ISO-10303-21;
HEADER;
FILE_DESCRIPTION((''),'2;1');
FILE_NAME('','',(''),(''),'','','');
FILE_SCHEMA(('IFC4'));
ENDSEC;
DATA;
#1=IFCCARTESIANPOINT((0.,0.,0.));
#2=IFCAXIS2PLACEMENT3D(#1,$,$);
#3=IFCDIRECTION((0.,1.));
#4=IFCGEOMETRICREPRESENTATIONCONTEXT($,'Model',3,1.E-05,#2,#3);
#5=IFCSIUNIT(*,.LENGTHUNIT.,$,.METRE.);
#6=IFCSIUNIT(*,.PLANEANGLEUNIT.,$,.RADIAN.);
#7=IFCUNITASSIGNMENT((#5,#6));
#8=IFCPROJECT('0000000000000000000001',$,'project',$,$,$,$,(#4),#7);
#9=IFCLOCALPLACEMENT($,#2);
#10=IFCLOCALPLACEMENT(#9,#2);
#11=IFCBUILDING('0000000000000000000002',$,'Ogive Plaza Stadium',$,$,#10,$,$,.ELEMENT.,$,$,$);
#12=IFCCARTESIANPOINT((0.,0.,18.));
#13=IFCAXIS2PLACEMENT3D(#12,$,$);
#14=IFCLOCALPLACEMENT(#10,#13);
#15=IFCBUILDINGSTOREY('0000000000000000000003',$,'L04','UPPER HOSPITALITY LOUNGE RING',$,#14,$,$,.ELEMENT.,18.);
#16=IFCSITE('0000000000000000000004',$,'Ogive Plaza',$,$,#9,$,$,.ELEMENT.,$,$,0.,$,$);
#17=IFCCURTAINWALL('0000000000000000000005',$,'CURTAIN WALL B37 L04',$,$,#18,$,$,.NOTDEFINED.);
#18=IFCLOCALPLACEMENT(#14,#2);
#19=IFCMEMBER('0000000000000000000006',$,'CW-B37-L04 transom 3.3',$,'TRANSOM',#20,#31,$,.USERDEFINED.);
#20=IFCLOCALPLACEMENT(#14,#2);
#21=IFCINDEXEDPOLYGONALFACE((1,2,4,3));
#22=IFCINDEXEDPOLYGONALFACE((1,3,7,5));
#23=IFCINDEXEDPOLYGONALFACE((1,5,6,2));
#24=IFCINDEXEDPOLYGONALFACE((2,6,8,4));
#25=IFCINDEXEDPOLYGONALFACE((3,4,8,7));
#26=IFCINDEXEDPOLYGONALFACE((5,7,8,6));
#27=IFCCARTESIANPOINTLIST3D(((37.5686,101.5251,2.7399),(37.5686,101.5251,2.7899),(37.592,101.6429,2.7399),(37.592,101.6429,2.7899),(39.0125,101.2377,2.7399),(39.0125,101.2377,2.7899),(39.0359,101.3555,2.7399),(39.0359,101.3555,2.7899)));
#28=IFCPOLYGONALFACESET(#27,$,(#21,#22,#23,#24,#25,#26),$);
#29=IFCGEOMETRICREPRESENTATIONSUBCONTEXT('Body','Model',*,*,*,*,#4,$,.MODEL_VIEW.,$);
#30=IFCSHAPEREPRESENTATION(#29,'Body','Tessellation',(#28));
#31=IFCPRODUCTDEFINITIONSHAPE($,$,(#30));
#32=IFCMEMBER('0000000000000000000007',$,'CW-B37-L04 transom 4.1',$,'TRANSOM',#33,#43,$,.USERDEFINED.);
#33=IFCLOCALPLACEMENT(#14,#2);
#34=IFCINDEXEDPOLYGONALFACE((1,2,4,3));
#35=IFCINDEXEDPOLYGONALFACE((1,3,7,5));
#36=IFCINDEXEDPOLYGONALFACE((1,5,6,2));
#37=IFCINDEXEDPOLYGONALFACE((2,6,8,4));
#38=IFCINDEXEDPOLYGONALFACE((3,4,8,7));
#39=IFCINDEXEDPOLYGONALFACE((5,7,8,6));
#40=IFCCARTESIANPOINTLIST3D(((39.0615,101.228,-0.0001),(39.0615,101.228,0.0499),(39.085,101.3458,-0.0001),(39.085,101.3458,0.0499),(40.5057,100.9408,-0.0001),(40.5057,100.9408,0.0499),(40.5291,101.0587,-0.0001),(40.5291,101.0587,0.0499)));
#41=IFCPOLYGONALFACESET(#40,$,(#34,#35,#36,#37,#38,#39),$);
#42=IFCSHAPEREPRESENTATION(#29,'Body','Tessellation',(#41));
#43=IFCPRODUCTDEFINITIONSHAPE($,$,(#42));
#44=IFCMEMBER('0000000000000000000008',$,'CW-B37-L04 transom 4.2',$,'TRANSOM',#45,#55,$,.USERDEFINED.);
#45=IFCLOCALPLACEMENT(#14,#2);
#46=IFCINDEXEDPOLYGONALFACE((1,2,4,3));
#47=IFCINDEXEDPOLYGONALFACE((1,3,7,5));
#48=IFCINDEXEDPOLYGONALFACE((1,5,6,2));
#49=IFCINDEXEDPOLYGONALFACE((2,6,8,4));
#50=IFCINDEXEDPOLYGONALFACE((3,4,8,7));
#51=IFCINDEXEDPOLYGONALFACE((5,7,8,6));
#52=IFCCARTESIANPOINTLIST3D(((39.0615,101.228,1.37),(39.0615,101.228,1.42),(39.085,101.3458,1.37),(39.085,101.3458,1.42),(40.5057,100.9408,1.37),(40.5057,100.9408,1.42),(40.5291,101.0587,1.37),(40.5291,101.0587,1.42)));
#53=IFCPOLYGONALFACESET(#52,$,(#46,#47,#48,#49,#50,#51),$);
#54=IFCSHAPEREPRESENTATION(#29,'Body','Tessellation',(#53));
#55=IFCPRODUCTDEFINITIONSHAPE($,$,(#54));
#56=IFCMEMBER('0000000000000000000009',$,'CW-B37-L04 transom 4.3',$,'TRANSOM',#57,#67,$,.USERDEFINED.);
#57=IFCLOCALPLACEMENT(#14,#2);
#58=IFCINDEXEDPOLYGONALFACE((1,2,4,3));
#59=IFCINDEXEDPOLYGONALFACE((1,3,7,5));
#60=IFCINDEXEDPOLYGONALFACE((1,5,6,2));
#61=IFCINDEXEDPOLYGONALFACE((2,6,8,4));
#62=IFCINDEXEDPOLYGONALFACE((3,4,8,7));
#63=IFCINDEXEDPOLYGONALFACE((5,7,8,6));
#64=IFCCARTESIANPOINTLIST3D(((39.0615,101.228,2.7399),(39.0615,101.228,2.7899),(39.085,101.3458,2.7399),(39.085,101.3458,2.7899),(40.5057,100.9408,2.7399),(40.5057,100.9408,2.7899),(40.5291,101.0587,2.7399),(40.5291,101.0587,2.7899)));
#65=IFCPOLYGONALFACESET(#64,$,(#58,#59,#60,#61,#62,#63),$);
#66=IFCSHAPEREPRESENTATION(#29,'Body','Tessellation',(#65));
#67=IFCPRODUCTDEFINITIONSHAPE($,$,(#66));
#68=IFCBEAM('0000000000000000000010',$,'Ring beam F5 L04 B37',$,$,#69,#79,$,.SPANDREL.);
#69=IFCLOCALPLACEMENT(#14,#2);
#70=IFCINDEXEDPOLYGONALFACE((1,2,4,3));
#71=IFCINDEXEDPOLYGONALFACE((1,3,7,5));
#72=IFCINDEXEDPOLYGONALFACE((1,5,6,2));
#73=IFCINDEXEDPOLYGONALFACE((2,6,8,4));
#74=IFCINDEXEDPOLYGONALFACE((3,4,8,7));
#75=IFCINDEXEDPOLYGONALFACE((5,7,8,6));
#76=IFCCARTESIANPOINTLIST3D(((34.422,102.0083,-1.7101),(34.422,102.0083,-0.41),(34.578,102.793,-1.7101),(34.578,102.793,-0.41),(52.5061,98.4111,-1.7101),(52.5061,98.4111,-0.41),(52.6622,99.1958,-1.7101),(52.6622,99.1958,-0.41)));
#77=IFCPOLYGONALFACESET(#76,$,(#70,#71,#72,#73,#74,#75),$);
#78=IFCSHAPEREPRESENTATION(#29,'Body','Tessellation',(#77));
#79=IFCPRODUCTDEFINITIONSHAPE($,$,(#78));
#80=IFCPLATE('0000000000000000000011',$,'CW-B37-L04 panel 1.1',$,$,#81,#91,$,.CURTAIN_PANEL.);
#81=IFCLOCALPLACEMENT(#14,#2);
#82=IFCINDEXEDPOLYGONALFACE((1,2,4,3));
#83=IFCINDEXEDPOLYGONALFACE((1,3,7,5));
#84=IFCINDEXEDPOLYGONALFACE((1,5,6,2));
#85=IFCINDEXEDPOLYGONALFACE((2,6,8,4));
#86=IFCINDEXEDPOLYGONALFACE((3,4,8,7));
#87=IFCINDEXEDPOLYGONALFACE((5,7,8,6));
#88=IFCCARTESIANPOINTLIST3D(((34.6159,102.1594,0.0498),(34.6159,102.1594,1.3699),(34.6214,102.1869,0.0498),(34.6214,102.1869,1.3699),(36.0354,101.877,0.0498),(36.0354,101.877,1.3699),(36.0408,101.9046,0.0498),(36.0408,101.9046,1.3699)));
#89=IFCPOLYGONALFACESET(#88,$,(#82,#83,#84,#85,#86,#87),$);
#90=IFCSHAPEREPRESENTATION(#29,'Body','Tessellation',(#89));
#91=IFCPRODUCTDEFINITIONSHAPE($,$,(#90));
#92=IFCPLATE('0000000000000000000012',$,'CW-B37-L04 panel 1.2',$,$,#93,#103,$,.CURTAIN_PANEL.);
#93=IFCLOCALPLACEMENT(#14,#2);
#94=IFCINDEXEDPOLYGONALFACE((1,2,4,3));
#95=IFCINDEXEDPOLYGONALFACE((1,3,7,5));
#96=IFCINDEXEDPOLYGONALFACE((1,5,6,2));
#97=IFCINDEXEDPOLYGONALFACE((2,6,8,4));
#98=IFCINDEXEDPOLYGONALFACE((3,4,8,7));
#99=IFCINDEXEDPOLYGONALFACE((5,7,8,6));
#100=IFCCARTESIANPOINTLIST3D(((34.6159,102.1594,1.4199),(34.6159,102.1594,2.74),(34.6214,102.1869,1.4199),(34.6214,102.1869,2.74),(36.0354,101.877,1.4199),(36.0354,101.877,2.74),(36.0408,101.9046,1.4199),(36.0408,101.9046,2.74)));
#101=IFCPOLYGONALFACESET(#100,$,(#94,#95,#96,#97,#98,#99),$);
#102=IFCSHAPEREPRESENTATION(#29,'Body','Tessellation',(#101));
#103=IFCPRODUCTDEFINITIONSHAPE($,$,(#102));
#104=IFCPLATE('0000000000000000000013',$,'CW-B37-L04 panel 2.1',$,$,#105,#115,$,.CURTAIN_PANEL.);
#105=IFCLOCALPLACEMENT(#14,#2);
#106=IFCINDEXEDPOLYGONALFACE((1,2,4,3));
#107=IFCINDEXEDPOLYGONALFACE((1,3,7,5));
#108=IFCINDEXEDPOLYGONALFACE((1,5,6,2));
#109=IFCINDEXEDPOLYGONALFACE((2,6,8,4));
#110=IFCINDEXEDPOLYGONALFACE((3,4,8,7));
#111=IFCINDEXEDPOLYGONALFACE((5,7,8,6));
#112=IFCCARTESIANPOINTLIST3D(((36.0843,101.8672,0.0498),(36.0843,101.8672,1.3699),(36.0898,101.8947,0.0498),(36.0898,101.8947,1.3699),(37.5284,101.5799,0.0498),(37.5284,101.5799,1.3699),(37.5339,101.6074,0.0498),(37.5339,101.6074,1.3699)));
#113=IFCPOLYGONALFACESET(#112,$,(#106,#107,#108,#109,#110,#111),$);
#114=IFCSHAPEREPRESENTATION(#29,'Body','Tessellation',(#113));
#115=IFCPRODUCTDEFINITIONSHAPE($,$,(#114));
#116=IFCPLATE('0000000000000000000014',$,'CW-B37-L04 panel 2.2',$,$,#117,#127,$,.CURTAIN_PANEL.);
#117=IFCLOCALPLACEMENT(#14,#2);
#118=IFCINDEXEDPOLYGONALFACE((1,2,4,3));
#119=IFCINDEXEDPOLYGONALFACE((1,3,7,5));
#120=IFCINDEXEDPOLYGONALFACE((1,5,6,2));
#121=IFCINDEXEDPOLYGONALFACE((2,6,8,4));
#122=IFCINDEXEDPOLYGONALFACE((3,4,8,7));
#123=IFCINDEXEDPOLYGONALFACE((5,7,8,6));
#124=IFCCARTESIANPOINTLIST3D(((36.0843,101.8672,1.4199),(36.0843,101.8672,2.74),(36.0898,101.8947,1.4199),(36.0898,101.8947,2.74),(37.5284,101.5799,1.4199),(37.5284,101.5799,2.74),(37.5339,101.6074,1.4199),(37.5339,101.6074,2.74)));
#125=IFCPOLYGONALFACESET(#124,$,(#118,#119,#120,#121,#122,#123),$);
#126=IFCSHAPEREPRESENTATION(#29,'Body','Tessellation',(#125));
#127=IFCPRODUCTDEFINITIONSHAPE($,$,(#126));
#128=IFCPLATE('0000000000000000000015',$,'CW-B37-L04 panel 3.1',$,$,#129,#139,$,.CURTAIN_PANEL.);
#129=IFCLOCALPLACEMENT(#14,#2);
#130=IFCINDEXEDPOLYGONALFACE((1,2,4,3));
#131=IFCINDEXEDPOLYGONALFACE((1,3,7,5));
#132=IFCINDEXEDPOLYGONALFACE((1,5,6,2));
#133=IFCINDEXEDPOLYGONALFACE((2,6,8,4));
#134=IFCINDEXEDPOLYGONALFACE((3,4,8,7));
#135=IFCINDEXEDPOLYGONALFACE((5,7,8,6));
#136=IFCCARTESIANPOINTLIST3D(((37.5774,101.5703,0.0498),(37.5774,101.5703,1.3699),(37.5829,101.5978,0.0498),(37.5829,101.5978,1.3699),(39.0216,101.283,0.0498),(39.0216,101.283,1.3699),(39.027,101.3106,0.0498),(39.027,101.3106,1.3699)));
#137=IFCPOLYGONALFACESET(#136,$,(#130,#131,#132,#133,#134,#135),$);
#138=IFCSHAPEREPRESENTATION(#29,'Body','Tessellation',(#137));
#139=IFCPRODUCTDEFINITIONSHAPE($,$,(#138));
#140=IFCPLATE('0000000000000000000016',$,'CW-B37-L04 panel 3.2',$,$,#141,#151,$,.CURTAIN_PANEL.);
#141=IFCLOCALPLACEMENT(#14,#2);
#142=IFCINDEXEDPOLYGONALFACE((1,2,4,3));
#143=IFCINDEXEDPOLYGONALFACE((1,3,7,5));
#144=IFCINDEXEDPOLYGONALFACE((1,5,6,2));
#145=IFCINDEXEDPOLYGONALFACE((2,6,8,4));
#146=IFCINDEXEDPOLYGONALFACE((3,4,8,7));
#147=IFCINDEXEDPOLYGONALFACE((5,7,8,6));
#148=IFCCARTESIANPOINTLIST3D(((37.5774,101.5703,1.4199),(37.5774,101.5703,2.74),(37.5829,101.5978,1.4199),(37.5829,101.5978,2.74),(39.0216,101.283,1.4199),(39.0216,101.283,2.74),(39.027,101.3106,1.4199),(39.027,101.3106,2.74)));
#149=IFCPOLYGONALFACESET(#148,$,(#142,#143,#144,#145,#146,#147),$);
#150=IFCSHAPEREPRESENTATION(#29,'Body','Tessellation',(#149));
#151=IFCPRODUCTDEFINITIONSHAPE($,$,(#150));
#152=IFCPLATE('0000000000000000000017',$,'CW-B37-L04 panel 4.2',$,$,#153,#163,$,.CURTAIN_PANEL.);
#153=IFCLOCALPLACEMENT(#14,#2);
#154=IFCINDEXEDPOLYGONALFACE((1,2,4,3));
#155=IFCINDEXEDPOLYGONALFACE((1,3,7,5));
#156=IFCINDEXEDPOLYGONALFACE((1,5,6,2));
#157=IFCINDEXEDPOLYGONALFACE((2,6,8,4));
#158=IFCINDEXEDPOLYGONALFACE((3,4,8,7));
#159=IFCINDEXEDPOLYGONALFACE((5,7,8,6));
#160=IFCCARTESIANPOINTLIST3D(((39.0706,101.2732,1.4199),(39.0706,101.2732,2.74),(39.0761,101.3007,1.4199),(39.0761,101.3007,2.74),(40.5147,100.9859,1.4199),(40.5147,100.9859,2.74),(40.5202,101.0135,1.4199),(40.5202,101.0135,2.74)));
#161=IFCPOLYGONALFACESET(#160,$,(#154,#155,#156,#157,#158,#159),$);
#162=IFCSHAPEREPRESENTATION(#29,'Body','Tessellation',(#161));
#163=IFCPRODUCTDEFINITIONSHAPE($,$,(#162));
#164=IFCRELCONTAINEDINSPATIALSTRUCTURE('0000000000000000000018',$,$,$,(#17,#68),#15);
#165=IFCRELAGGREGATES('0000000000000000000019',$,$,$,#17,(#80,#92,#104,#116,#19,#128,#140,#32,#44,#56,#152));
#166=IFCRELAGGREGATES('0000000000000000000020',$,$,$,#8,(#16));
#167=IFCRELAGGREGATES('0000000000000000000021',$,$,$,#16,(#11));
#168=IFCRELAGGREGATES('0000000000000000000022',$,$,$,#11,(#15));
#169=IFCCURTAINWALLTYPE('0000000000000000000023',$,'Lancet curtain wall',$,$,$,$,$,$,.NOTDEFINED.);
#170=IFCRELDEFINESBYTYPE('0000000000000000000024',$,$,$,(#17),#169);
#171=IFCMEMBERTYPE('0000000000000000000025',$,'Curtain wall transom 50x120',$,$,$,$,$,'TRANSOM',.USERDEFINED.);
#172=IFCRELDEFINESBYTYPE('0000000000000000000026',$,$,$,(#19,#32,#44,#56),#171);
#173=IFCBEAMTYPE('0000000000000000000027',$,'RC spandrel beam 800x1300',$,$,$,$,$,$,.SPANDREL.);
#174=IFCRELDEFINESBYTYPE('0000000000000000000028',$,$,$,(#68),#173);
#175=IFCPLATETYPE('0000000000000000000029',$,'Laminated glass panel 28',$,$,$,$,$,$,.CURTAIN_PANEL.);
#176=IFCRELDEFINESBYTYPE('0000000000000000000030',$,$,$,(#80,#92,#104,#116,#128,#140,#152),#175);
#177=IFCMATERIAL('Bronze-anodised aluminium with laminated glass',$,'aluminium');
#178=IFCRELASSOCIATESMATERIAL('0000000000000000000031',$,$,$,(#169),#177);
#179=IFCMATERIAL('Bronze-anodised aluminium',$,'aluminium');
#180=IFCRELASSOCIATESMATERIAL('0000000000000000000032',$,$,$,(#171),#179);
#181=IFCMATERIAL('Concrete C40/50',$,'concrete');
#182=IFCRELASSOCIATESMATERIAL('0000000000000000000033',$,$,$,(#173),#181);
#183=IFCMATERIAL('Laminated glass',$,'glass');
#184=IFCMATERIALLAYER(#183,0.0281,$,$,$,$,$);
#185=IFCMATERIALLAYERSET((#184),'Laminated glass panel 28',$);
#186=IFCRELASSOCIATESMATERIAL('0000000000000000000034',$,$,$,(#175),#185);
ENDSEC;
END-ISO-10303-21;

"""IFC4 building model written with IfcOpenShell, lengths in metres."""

from ifc_helpers import new_model, si_unit, direction, frame, origin, origin_2d, place, context, subcontext, project, spatial, rectangle, extrude, material, layer, layer_set, material_profile, profile_set, type_object, element, aggregate, save


model = new_model("IFC4")

# Units and contexts
model_context = context("Model", 3, precision=1e-05, world=origin(), true_north=direction((0.0, 1.0)))
body_context = subcontext(model_context, "Body", "Model", "MODEL_VIEW")
ifc_project = project(units=[si_unit("LENGTHUNIT", "METRE"), si_unit("PLANEANGLEUNIT", "RADIAN")], contexts=[model_context])

# Site, building, storey
site_placement = place(None, origin())
site = spatial("IfcSite", under=ifc_project, at=site_placement, Name="Ogive Plaza", CompositionType="ELEMENT", RefElevation=0.0)
building_placement = place(site_placement, origin())
building = spatial("IfcBuilding", under=site, at=building_placement, Name="Ogive Plaza Stadium", CompositionType="ELEMENT")
storey_placement = place(building_placement, frame((0.0, 0.0, 18.0)))
storey = spatial("IfcBuildingStorey", under=building, at=storey_placement, Name="L04", Description="UPPER HOSPITALITY LOUNGE RING", CompositionType="ELEMENT", Elevation=18.0)

# Shared definitions
ifc_material_1 = material(Name="Bronze-anodised aluminium with laminated glass", Category="aluminium")
curtain_wall_type = type_object("IfcCurtainWallType", Name="Lancet curtain wall", PredefinedType="NOTDEFINED", material=ifc_material_1)

# Curtain wall, members
curtain_wall_1_placement = place(storey_placement, origin())
curtain_wall_1 = element("IfcCurtainWall", 1, at=curtain_wall_1_placement, inside=storey, type_object=curtain_wall_type, Name="CURTAIN WALL B37 L04", PredefinedType="NOTDEFINED")
ifc_material_2 = material(Name="Bronze-anodised aluminium", Category="aluminium")
ifc_material_profile_1 = material_profile(ifc_material_2, rectangle(XDim=0.1201, YDim=0.05, at=origin_2d()), Name="AL 120x50")
ifc_profile_set_1 = profile_set([ifc_material_profile_1], Name="Bronze-anodised aluminium")
member_type_1 = type_object("IfcMemberType", Name="Curtain wall transom 50x120", ElementType="TRANSOM", PredefinedType="USERDEFINED", material=ifc_profile_set_1)
member_1_placement = place(storey_placement, frame((37.5803, 101.584, 2.7649), z_axis=(0.980765, -0.195191, 0.0), x_axis=(0.195191, 0.980765, 0.0)))
member_1 = element("IfcMember", 2, at=member_1_placement, type_object=member_type_1, Name="CW-B37-L04 transom 3.3", ObjectType="TRANSOM", PredefinedType="USERDEFINED", context=body_context, shape_type="SweptSolid", body=[
    extrude(rectangle(XDim=0.1201, YDim=0.05, at=origin_2d()), origin(), (0.0, 0.0, 1.0), 1.4722),
])
member_2_placement = place(storey_placement, frame((39.0732, 101.2869, 0.0249), z_axis=(0.980803, -0.195, 0.0), x_axis=(0.195, 0.980803, 0.0)))
member_2 = element("IfcMember", 3, at=member_2_placement, type_object=member_type_1, Name="CW-B37-L04 transom 4.1", ObjectType="TRANSOM", PredefinedType="USERDEFINED", context=body_context, shape_type="SweptSolid", body=[
    extrude(rectangle(XDim=0.1201, YDim=0.05, at=origin_2d()), origin(), (0.0, 0.0, 1.0), 1.4724),
])
member_3_placement = place(storey_placement, frame((39.0732, 101.2869, 1.395), z_axis=(0.980803, -0.195, 0.0), x_axis=(0.195, 0.980803, 0.0)))
member_3 = element("IfcMember", 4, at=member_3_placement, type_object=member_type_1, Name="CW-B37-L04 transom 4.2", ObjectType="TRANSOM", PredefinedType="USERDEFINED", context=body_context, shape_type="SweptSolid", body=[
    extrude(rectangle(XDim=0.1201, YDim=0.05, at=origin_2d()), origin(), (0.0, 0.0, 1.0), 1.4724),
])
member_4_placement = place(storey_placement, frame((39.0732, 101.2869, 2.7649), z_axis=(0.980803, -0.195, 0.0), x_axis=(0.195, 0.980803, 0.0)))
member_4 = element("IfcMember", 5, at=member_4_placement, type_object=member_type_1, Name="CW-B37-L04 transom 4.3", ObjectType="TRANSOM", PredefinedType="USERDEFINED", context=body_context, shape_type="SweptSolid", body=[
    extrude(rectangle(XDim=0.1201, YDim=0.05, at=origin_2d()), origin(), (0.0, 0.0, 1.0), 1.4724),
])

# Beam
ifc_material_3 = material(Name="Concrete C40/50", Category="concrete")
ifc_material_profile_2 = material_profile(ifc_material_3, rectangle(XDim=0.8, YDim=1.3, at=origin_2d()), Name="RC 800x1300")
ifc_profile_set_2 = profile_set([ifc_material_profile_2], Name="Concrete C40/50")
beam_type = type_object("IfcBeamType", Name="RC spandrel beam 800x1300", PredefinedType="SPANDREL", material=ifc_profile_set_2)
beam_placement = place(storey_placement, frame((34.5, 102.4006, -1.0601), z_axis=(0.980785, -0.19509, 0.0), x_axis=(0.19509, 0.980785, 0.0)))
element("IfcBeam", 6, at=beam_placement, inside=storey, type_object=beam_type, Name="Ring beam F5 L04 B37", PredefinedType="SPANDREL", context=body_context, shape_type="SweptSolid", body=[
    extrude(rectangle(XDim=0.8, YDim=1.3, at=origin_2d()), origin(), (0.0, 0.0, 1.0), 18.4385),
])

# Plates
ifc_material_4 = material(Name="Laminated glass", Category="glass")
ifc_layer = layer(ifc_material_4, 0.0281)
ifc_layer_set = layer_set([ifc_layer], Name="Laminated glass panel 28")
plate_type = type_object("IfcPlateType", Name="Laminated glass panel 28", PredefinedType="CURTAIN_PANEL", material=ifc_layer_set)
plate_1_placement = place(storey_placement, frame((35.3284, 102.032, 0.0498), z_axis=(0.0, 0.0, 1.0), x_axis=(0.980785, -0.19509, 0.0)))
plate_1 = element("IfcPlate", 7, at=plate_1_placement, type_object=plate_type, Name="CW-B37-L04 panel 1.1", PredefinedType="CURTAIN_PANEL", context=body_context, shape_type="SweptSolid", body=[
    extrude(rectangle(XDim=1.4473, YDim=0.0281, at=origin_2d()), origin(), (0.0, 0.0, 1.0), 1.3201),
])
plate_2_placement = place(storey_placement, frame((35.3284, 102.032, 1.4199), z_axis=(0.0, 0.0, 1.0), x_axis=(0.980785, -0.19509, 0.0)))
plate_2 = element("IfcPlate", 8, at=plate_2_placement, type_object=plate_type, Name="CW-B37-L04 panel 1.2", PredefinedType="CURTAIN_PANEL", context=body_context, shape_type="SweptSolid", body=[
    extrude(rectangle(XDim=1.4473, YDim=0.0281, at=origin_2d()), origin(), (0.0, 0.0, 1.0), 1.3201),
])
plate_3_placement = place(storey_placement, frame((36.8091, 101.7373, 0.0498), z_axis=(0.0, 0.0, 1.0), x_axis=(0.980785, -0.19509, 0.0)))
plate_3 = element("IfcPlate", 9, at=plate_3_placement, type_object=plate_type, Name="CW-B37-L04 panel 2.1", PredefinedType="CURTAIN_PANEL", context=body_context, shape_type="SweptSolid", body=[
    extrude(rectangle(XDim=1.4724, YDim=0.0281, at=origin_2d()), origin(), (0.0, 0.0, 1.0), 1.3201),
])
plate_4_placement = place(storey_placement, frame((36.8091, 101.7373, 1.4199), z_axis=(0.0, 0.0, 1.0), x_axis=(0.980785, -0.19509, 0.0)))
plate_4 = element("IfcPlate", 10, at=plate_4_placement, type_object=plate_type, Name="CW-B37-L04 panel 2.2", PredefinedType="CURTAIN_PANEL", context=body_context, shape_type="SweptSolid", body=[
    extrude(rectangle(XDim=1.4724, YDim=0.0281, at=origin_2d()), origin(), (0.0, 0.0, 1.0), 1.3201),
])
plate_5_placement = place(storey_placement, frame((38.3022, 101.4404, 0.0498), z_axis=(0.0, 0.0, 1.0), x_axis=(0.980785, -0.19509, 0.0)))
plate_5 = element("IfcPlate", 11, at=plate_5_placement, type_object=plate_type, Name="CW-B37-L04 panel 3.1", PredefinedType="CURTAIN_PANEL", context=body_context, shape_type="SweptSolid", body=[
    extrude(rectangle(XDim=1.4724, YDim=0.0281, at=origin_2d()), origin(), (0.0, 0.0, 1.0), 1.3201),
])
plate_6_placement = place(storey_placement, frame((38.3022, 101.4404, 1.4199), z_axis=(0.0, 0.0, 1.0), x_axis=(0.980785, -0.19509, 0.0)))
plate_6 = element("IfcPlate", 12, at=plate_6_placement, type_object=plate_type, Name="CW-B37-L04 panel 3.2", PredefinedType="CURTAIN_PANEL", context=body_context, shape_type="SweptSolid", body=[
    extrude(rectangle(XDim=1.4724, YDim=0.0281, at=origin_2d()), origin(), (0.0, 0.0, 1.0), 1.3201),
])
plate_7_placement = place(storey_placement, frame((39.7954, 101.1433, 1.4199), z_axis=(0.0, 0.0, 1.0), x_axis=(0.980785, -0.19509, 0.0)))
plate_7 = element("IfcPlate", 13, at=plate_7_placement, type_object=plate_type, Name="CW-B37-L04 panel 4.2", PredefinedType="CURTAIN_PANEL", context=body_context, shape_type="SweptSolid", body=[
    extrude(rectangle(XDim=1.4724, YDim=0.0281, at=origin_2d()), origin(), (0.0, 0.0, 1.0), 1.3201),
])
aggregate(curtain_wall_1, [plate_1, plate_2, plate_3, plate_4, member_1, plate_5, plate_6, member_2, member_3, member_4, plate_7])

save(model, "model.ifc")
